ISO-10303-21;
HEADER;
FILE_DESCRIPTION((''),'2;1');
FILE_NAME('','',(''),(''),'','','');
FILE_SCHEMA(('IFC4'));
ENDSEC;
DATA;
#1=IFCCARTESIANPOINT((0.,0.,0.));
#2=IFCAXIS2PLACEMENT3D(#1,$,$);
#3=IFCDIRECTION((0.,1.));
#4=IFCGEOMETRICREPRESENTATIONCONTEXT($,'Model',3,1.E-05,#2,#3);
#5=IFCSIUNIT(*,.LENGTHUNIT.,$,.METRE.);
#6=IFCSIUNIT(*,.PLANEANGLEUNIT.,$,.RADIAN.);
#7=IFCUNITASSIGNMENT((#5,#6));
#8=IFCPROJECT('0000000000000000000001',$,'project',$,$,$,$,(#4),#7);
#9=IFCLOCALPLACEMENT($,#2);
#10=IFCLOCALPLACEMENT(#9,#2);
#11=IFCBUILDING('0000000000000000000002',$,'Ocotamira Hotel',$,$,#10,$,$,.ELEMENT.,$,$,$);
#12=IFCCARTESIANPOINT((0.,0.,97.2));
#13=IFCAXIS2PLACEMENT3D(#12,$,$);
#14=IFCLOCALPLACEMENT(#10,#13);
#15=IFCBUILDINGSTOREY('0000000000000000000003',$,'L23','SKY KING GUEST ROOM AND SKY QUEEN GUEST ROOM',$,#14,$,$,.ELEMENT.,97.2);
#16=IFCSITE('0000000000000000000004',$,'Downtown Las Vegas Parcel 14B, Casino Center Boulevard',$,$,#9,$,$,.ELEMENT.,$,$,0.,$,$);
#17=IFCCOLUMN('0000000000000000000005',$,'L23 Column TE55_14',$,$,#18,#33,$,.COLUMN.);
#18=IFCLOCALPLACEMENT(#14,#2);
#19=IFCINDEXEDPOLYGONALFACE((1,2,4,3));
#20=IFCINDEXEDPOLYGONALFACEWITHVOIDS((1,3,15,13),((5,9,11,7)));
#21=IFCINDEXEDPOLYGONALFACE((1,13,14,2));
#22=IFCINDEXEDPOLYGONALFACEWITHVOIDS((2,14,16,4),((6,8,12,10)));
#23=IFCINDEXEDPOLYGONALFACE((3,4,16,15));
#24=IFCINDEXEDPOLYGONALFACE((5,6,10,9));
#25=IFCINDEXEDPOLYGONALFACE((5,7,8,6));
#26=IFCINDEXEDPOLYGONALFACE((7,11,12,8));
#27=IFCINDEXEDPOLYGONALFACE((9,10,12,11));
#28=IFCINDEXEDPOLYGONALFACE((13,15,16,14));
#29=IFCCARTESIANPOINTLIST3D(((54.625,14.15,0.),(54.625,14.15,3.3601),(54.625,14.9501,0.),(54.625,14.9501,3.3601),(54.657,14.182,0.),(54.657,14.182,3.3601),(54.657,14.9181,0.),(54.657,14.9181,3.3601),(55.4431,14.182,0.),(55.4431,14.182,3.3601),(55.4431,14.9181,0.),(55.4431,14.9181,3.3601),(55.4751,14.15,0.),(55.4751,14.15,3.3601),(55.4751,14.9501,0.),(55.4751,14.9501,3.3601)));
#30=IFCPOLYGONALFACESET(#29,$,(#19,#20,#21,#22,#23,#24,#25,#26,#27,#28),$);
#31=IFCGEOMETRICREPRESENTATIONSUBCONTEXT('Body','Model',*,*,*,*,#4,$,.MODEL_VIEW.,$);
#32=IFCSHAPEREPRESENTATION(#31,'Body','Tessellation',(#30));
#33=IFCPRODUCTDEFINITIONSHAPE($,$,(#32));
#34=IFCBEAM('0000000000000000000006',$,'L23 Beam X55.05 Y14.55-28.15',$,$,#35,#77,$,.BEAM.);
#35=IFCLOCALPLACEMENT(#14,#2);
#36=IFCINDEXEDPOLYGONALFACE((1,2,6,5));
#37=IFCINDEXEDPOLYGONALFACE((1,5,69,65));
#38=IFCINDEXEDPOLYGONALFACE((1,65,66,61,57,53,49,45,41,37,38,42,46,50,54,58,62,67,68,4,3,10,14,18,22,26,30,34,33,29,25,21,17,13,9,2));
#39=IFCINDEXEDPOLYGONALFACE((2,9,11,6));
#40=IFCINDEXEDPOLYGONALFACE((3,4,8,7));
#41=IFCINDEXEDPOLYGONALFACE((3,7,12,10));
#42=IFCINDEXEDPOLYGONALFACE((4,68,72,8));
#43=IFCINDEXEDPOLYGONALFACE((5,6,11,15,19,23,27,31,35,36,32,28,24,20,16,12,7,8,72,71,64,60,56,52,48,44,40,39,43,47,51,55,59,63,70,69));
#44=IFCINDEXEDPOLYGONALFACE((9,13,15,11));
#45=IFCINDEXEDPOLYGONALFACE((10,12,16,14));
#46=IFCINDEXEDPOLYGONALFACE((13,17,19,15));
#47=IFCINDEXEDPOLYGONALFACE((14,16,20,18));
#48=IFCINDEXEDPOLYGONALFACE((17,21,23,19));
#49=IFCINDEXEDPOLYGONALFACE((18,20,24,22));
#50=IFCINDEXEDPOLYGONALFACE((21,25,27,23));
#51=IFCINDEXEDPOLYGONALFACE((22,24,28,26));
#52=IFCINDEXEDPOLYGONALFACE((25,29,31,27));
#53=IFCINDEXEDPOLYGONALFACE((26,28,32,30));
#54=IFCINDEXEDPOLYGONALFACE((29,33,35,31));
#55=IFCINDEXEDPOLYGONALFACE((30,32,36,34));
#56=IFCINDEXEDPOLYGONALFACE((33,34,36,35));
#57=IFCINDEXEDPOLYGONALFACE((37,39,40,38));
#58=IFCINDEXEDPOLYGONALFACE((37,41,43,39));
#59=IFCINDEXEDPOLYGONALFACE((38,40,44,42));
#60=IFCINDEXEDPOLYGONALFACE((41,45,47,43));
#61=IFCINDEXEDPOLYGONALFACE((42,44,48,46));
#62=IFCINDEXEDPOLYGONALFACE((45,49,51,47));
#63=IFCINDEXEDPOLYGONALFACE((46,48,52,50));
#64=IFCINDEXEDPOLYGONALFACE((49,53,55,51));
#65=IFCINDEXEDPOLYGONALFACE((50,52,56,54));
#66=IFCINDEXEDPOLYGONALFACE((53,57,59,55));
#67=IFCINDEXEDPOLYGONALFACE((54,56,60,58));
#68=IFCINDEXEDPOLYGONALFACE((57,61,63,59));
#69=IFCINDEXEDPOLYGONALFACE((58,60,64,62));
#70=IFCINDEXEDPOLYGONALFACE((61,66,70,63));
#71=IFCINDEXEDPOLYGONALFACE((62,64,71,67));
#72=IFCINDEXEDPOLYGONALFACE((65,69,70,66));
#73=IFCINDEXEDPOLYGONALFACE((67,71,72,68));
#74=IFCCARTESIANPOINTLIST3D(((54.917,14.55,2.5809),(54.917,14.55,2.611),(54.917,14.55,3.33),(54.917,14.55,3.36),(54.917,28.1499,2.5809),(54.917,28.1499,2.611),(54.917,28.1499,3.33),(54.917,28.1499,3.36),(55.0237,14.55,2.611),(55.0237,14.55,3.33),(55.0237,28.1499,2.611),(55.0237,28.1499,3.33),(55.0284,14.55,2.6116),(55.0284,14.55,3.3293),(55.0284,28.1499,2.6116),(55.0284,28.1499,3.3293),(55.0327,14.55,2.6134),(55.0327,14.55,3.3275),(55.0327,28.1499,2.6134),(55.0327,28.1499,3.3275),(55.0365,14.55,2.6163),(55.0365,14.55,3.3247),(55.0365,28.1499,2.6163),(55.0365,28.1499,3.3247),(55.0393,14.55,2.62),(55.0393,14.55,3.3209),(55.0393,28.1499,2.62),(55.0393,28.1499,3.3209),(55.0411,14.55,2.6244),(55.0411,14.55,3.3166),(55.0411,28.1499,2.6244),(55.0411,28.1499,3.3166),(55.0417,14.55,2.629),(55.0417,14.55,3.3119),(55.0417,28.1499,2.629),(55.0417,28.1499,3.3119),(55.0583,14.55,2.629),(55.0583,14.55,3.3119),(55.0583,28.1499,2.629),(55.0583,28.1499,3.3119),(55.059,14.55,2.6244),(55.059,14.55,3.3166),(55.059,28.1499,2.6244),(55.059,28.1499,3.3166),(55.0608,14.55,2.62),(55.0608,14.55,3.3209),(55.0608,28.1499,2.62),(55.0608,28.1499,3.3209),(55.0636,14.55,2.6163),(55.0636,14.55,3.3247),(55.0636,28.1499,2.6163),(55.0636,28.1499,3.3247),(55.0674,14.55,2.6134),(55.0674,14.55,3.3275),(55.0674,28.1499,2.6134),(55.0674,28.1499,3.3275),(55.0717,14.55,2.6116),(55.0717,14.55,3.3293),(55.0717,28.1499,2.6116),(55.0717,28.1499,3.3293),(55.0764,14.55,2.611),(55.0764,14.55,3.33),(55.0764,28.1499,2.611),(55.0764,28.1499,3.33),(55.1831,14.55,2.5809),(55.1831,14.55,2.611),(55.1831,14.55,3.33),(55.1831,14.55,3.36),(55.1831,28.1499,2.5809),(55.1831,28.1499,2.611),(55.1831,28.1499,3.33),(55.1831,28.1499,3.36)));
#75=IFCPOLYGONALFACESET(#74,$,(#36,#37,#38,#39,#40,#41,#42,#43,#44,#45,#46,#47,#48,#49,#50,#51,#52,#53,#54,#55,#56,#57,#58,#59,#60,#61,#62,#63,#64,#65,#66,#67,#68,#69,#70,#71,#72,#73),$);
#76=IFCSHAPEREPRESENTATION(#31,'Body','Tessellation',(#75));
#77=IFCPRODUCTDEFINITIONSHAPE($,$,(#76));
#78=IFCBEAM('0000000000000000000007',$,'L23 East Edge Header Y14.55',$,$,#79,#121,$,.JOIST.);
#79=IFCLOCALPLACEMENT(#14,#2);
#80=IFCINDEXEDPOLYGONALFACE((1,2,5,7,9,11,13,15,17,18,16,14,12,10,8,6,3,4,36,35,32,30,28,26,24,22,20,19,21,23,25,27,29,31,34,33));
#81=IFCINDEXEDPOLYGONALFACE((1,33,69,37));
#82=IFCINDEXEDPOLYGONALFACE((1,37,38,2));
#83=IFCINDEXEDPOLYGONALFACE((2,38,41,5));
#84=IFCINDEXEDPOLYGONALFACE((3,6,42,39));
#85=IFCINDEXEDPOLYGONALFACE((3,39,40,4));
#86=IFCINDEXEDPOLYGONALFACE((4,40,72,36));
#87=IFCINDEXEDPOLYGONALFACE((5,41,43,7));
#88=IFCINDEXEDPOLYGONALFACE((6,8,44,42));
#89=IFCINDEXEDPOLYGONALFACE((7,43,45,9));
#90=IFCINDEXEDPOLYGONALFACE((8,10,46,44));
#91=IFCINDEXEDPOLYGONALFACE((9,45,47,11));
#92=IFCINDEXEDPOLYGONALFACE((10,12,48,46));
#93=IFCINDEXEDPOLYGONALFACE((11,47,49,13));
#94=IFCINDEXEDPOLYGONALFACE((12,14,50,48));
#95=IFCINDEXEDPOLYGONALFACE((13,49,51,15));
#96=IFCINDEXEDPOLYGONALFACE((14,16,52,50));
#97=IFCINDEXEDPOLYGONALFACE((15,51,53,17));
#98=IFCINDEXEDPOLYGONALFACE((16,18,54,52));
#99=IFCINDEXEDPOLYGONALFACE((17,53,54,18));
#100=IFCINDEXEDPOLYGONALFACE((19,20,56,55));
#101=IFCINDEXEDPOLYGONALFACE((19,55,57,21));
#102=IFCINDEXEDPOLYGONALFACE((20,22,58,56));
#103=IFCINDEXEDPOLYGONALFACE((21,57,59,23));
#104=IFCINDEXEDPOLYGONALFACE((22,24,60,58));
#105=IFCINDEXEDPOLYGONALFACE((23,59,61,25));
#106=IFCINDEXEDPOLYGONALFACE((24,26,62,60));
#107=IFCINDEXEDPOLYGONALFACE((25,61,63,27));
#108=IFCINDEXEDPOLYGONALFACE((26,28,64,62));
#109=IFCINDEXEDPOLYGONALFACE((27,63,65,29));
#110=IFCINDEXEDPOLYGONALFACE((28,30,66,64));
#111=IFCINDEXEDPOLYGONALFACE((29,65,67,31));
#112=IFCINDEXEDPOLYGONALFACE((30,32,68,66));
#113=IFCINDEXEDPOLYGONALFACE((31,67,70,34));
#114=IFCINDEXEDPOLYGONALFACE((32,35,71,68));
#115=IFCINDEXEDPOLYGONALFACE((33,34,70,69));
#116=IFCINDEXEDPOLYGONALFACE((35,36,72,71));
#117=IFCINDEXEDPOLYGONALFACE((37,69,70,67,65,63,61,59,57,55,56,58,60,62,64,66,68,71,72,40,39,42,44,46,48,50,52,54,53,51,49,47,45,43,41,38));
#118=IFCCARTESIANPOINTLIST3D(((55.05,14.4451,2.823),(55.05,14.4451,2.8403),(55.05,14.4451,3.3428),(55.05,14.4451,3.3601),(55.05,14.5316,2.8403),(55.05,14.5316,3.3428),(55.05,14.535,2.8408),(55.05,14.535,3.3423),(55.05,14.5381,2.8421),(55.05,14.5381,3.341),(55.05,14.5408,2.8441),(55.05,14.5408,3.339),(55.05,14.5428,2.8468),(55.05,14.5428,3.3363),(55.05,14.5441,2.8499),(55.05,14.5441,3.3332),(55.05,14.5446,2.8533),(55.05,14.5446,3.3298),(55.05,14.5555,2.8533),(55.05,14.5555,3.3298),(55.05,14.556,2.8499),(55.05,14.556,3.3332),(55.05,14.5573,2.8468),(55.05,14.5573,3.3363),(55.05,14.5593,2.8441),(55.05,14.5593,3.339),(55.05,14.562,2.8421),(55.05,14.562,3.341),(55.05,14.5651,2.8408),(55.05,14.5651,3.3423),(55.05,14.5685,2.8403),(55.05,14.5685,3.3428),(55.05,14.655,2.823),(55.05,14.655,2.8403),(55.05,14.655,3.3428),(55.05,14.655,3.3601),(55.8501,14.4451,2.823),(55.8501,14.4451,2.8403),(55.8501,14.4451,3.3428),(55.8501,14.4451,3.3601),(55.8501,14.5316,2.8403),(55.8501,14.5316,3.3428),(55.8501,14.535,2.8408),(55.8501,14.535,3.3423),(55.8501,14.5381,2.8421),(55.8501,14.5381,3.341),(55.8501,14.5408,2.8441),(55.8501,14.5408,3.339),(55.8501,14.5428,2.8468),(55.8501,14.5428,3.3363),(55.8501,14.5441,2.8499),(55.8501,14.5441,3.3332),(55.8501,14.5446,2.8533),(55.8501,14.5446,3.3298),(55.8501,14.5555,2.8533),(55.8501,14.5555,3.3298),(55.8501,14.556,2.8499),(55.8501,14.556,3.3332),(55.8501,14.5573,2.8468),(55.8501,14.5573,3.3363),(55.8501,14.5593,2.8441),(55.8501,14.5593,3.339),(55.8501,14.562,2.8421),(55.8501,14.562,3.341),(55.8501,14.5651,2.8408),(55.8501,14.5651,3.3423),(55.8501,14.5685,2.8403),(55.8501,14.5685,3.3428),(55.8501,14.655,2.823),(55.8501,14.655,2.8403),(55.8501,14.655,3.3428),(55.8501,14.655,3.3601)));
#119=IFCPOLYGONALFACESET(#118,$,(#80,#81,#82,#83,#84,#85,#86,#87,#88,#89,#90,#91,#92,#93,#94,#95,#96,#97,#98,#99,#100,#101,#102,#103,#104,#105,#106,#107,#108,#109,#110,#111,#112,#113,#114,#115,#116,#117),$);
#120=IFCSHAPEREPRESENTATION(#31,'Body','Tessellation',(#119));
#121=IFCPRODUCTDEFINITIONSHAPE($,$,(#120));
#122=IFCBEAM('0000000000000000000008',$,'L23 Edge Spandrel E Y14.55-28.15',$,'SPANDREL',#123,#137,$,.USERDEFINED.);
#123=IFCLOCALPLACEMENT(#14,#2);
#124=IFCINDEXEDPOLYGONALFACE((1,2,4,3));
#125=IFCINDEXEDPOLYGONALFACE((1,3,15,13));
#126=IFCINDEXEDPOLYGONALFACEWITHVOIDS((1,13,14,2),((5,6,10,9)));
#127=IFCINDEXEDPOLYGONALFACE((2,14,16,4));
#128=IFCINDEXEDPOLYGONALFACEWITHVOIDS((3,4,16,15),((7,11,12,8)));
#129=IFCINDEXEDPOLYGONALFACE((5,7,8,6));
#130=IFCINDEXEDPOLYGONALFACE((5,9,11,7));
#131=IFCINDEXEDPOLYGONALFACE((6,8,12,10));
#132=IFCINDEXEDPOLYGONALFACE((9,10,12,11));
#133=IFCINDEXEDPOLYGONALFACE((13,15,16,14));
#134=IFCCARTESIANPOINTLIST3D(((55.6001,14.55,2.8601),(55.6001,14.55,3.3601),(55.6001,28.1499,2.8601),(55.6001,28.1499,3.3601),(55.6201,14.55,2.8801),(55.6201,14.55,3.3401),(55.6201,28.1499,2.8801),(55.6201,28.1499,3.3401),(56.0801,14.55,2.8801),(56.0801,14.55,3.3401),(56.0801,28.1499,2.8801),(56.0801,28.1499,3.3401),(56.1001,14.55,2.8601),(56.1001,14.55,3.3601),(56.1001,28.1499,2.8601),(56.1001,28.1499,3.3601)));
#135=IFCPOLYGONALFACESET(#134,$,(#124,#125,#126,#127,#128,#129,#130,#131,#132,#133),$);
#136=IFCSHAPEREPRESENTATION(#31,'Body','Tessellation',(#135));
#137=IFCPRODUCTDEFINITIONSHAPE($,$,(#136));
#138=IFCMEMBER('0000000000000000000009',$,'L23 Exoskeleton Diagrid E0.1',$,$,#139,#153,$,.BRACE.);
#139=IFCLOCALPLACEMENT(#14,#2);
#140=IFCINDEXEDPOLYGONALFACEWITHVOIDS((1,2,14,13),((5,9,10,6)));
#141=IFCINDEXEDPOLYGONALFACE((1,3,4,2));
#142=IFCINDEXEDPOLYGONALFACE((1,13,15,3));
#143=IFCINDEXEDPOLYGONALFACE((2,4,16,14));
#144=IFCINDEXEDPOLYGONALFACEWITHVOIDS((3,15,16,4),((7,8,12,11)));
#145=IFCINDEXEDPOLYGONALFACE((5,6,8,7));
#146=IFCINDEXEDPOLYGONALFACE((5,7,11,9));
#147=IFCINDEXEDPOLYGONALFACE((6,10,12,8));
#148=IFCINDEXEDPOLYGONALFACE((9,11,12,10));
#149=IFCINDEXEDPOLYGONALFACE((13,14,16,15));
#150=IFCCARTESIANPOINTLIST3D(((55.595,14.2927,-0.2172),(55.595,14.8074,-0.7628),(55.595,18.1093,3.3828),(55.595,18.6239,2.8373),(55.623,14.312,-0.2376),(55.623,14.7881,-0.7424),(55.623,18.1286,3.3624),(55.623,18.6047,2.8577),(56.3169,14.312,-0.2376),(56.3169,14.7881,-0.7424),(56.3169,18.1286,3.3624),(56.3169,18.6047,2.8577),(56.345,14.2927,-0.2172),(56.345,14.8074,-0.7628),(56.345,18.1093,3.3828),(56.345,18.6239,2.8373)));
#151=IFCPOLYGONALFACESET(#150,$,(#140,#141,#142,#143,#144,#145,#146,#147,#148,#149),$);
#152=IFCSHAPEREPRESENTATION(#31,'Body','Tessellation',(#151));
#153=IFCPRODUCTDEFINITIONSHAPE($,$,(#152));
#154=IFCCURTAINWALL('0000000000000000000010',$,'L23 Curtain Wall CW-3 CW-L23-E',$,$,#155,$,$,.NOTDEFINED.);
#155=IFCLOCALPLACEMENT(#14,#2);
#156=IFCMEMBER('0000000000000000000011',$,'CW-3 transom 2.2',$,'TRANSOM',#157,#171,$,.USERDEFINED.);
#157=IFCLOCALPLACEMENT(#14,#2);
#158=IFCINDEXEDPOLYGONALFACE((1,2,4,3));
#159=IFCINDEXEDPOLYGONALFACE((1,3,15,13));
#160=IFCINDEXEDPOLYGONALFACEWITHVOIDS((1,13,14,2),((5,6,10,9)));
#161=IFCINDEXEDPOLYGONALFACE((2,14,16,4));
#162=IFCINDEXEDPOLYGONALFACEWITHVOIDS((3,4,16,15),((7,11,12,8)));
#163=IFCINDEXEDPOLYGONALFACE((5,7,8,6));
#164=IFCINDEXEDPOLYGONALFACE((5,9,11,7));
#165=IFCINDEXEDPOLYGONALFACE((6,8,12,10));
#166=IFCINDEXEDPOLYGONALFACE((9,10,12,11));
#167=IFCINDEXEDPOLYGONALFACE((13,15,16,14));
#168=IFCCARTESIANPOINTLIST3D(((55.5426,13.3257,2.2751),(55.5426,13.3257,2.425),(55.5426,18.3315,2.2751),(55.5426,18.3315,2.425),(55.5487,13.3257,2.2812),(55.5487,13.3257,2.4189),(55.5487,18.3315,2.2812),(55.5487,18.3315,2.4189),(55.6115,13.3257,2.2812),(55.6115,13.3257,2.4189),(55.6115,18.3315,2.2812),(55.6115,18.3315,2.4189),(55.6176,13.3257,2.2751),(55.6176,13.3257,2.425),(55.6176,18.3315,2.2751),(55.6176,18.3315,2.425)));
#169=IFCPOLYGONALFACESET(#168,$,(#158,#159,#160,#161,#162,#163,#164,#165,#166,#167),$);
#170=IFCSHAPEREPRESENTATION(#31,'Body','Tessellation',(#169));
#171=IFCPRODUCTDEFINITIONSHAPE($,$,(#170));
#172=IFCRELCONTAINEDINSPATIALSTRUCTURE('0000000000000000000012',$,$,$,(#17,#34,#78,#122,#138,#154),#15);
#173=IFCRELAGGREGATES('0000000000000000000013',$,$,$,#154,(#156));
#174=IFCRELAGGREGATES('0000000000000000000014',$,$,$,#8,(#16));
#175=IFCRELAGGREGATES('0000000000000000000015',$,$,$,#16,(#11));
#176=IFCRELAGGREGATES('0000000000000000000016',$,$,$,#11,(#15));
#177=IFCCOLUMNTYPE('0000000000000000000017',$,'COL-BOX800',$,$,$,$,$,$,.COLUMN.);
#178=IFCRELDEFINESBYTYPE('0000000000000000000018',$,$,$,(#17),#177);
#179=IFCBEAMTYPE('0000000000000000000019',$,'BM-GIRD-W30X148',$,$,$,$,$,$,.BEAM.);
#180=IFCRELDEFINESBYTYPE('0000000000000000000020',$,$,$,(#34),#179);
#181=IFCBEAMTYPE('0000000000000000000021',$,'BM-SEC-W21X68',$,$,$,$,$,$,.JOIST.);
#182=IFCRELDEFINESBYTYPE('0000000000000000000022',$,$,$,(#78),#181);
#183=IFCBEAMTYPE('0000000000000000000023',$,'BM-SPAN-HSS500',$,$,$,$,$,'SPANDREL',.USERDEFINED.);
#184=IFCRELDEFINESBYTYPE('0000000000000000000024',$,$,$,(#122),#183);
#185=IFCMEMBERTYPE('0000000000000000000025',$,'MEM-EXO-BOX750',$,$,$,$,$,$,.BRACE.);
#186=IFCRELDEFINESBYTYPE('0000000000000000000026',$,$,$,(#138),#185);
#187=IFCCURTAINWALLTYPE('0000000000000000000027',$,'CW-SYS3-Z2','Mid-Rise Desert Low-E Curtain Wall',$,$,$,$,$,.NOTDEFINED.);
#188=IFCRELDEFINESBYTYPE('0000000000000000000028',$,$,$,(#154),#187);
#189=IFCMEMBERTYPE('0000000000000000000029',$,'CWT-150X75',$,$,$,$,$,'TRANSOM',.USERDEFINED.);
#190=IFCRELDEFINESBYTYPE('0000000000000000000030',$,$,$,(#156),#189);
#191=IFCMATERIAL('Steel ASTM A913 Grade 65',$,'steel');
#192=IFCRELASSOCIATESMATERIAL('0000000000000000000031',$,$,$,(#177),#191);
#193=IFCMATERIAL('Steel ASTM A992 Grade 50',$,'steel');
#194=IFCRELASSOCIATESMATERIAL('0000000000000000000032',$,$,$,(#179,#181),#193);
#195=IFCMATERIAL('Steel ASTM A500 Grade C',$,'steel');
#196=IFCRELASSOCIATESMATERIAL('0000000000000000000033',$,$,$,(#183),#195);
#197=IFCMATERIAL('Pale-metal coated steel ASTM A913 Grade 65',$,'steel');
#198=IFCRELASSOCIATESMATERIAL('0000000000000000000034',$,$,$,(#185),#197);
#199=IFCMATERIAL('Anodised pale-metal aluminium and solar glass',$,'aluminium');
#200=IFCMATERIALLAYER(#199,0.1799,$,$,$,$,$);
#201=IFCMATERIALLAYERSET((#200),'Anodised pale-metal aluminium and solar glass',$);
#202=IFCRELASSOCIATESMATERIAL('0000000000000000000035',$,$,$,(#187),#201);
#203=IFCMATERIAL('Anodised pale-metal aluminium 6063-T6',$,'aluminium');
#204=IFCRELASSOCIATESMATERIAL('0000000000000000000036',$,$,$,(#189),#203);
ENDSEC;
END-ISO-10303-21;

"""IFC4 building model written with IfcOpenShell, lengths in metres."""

from ifc_helpers import new_model, si_unit, direction, frame, origin, origin_2d, place, context, subcontext, project, spatial, hollow_rectangle, i_section, extrude, source, transform, mapped, material, layer, layer_set, material_profile, profile_set, type_object, element, aggregate, save


model = new_model("IFC4")

# Units and contexts
model_context = context("Model", 3, precision=1e-05, world=origin(), true_north=direction((0.0, 1.0)))
body_context = subcontext(model_context, "Body", "Model", "MODEL_VIEW")
ifc_project = project(units=[si_unit("LENGTHUNIT", "METRE"), si_unit("PLANEANGLEUNIT", "RADIAN")], contexts=[model_context])

# Site, building, storey
site_placement = place(None, origin())
site = spatial("IfcSite", under=ifc_project, at=site_placement, Name="Downtown Las Vegas Parcel 14B, Casino Center Boulevard", CompositionType="ELEMENT", RefElevation=0.0)
building_placement = place(site_placement, origin())
building = spatial("IfcBuilding", under=site, at=building_placement, Name="Ocotamira Hotel", CompositionType="ELEMENT")
storey_placement = place(building_placement, frame((0.0, 0.0, 97.2)))
storey = spatial("IfcBuildingStorey", under=building, at=storey_placement, Name="L23", Description="SKY KING GUEST ROOM AND SKY QUEEN GUEST ROOM", CompositionType="ELEMENT", Elevation=97.2)

# Column
ifc_material_1 = material(Name="Steel ASTM A913 Grade 65", Category="steel")
ifc_material_profile_1 = material_profile(ifc_material_1, hollow_rectangle(XDim=0.8501, YDim=0.8, WallThickness=0.032, at=origin_2d()), Name="BOX800X850X32")
ifc_profile_set_1 = profile_set([ifc_material_profile_1], Name="Steel ASTM A913 Grade 65")
column_type = type_object("IfcColumnType", Name="COL-BOX800", PredefinedType="COLUMN", material=ifc_profile_set_1)
shared_shape_1 = source(origin(), body_context, "Body", "SweptSolid", [
    extrude(hollow_rectangle(XDim=0.8501, YDim=0.8, WallThickness=0.032, at=origin_2d()), origin(), (0.0, 0.0, 1.0), 3.3601),
])
column_placement = place(storey_placement, frame((55.05, 14.55, 0.0), z_axis=(0.0, 0.0, 1.0), x_axis=(1.0, 0.0, 0.0)))
element("IfcColumn", 1, at=column_placement, inside=storey, type_object=column_type, Name="L23 Column TE55_14", PredefinedType="COLUMN", context=body_context, shape_type="MappedRepresentation", body=[
    mapped(shared_shape_1, transform((0.0, 0.0, 0.0), scale=1.0)),
])

# Beams
ifc_material_2 = material(Name="Steel ASTM A992 Grade 50", Category="steel")
ifc_material_profile_2 = material_profile(ifc_material_2, i_section(OverallWidth=0.2661, OverallDepth=0.7791, WebThickness=0.0166, FlangeThickness=0.03, FilletRadius=0.0181, at=origin_2d()), Name="W30X148")
ifc_profile_set_2 = profile_set([ifc_material_profile_2], Name="Steel ASTM A992 Grade 50")
beam_type_1 = type_object("IfcBeamType", Name="BM-GIRD-W30X148", PredefinedType="BEAM", material=ifc_profile_set_2)
shared_shape_2 = source(origin(), body_context, "Body", "SweptSolid", [
    extrude(i_section(OverallWidth=0.2661, OverallDepth=0.7791, WebThickness=0.0166, FlangeThickness=0.03, FilletRadius=0.0181, at=origin_2d()), origin(), (0.0, 0.0, 1.0), 13.5999),
])
beam_1_placement = place(storey_placement, frame((55.05, 14.55, 2.9705), z_axis=(0.0, 1.0, 0.0), x_axis=(-1.0, 0.0, 0.0)))
element("IfcBeam", 2, at=beam_1_placement, inside=storey, type_object=beam_type_1, Name="L23 Beam X55.05 Y14.55-28.15", PredefinedType="BEAM", context=body_context, shape_type="MappedRepresentation", body=[
    mapped(shared_shape_2, transform((0.0, 0.0, 0.0), scale=1.0)),
])
ifc_material_profile_3 = material_profile(ifc_material_2, i_section(OverallWidth=0.21, OverallDepth=0.5371, WebThickness=0.011, FlangeThickness=0.0173, FilletRadius=0.0129, at=origin_2d()), Name="W21X68")
ifc_profile_set_3 = profile_set([ifc_material_profile_3], Name="Steel ASTM A992 Grade 50")
beam_type_2 = type_object("IfcBeamType", Name="BM-SEC-W21X68", PredefinedType="JOIST", material=ifc_profile_set_3)
shared_shape_3 = source(origin(), body_context, "Body", "SweptSolid", [
    extrude(i_section(OverallWidth=0.21, OverallDepth=0.5371, WebThickness=0.011, FlangeThickness=0.0173, FilletRadius=0.0129, at=origin_2d()), origin(), (0.0, 0.0, 1.0), 0.8),
])
beam_2_placement = place(storey_placement, frame((55.05, 14.55, 3.0916), z_axis=(1.0, 0.0, 0.0), x_axis=(0.0, 1.0, 0.0)))
element("IfcBeam", 3, at=beam_2_placement, inside=storey, type_object=beam_type_2, Name="L23 East Edge Header Y14.55", PredefinedType="JOIST", context=body_context, shape_type="MappedRepresentation", body=[
    mapped(shared_shape_3, transform((0.0, 0.0, 0.0), scale=1.0)),
])
ifc_material_3 = material(Name="Steel ASTM A500 Grade C", Category="steel")
ifc_material_profile_4 = material_profile(ifc_material_3, hollow_rectangle(XDim=0.5, YDim=0.5, WallThickness=0.02, at=origin_2d()), Name="HSS500X500X20")
ifc_profile_set_4 = profile_set([ifc_material_profile_4], Name="Steel ASTM A500 Grade C")
beam_type_3 = type_object("IfcBeamType", Name="BM-SPAN-HSS500", ElementType="SPANDREL", PredefinedType="USERDEFINED", material=ifc_profile_set_4)
shared_shape_4 = source(origin(), body_context, "Body", "SweptSolid", [
    extrude(hollow_rectangle(XDim=0.5, YDim=0.5, WallThickness=0.02, at=origin_2d()), origin(), (0.0, 0.0, 1.0), 13.5999),
])
beam_3_placement = place(storey_placement, frame((55.8501, 14.55, 3.1101), z_axis=(0.0, 1.0, 0.0), x_axis=(-1.0, 0.0, 0.0)))
element("IfcBeam", 4, at=beam_3_placement, inside=storey, type_object=beam_type_3, Name="L23 Edge Spandrel E Y14.55-28.15", ObjectType="SPANDREL", PredefinedType="USERDEFINED", context=body_context, shape_type="MappedRepresentation", body=[
    mapped(shared_shape_4, transform((0.0, 0.0, 0.0), scale=1.0)),
])

# Member
ifc_material_4 = material(Name="Pale-metal coated steel ASTM A913 Grade 65", Category="steel")
ifc_material_profile_5 = material_profile(ifc_material_4, hollow_rectangle(XDim=0.75, YDim=0.75, WallThickness=0.0281, at=origin_2d()), Name="BOX750X750X28")
ifc_profile_set_5 = profile_set([ifc_material_profile_5], Name="Pale-metal coated steel ASTM A913 Grade 65")
member_type_1 = type_object("IfcMemberType", Name="MEM-EXO-BOX750", PredefinedType="BRACE", material=ifc_profile_set_5)
shared_shape_5 = source(origin(), body_context, "Body", "SweptSolid", [
    extrude(hollow_rectangle(XDim=0.75, YDim=0.75, WallThickness=0.0281, at=origin_2d()), origin(), (0.0, 0.0, 1.0), 5.2466),
])
member_1_placement = place(storey_placement, frame((55.97, 14.55, -0.49), z_axis=(0.0, 0.727443, 0.686168), x_axis=(-1.0, 0.0, 0.0)))
element("IfcMember", 5, at=member_1_placement, inside=storey, type_object=member_type_1, Name="L23 Exoskeleton Diagrid E0.1", PredefinedType="BRACE", context=body_context, shape_type="MappedRepresentation", body=[
    mapped(shared_shape_5, transform((0.0, 0.0, 0.0), scale=1.0)),
])

# Curtain wall, member
ifc_material_5 = material(Name="Anodised pale-metal aluminium and solar glass", Category="aluminium")
ifc_layer_1 = layer(ifc_material_5, 0.1799)
ifc_layer_set_1 = layer_set([ifc_layer_1], Name="Anodised pale-metal aluminium and solar glass")
curtain_wall_type = type_object("IfcCurtainWallType", Name="CW-SYS3-Z2", Description="Mid-Rise Desert Low-E Curtain Wall", PredefinedType="NOTDEFINED", material=ifc_layer_set_1)
curtain_wall_placement = place(storey_placement, origin())
curtain_wall = element("IfcCurtainWall", 6, at=curtain_wall_placement, inside=storey, type_object=curtain_wall_type, Name="L23 Curtain Wall CW-3 CW-L23-E", PredefinedType="NOTDEFINED")
ifc_material_6 = material(Name="Anodised pale-metal aluminium 6063-T6", Category="aluminium")
ifc_material_profile_6 = material_profile(ifc_material_6, hollow_rectangle(XDim=0.075, YDim=0.1499, WallThickness=0.0061, at=origin_2d()), Name="HSS150X75X6")
ifc_profile_set_6 = profile_set([ifc_material_profile_6], Name="Anodised pale-metal aluminium 6063-T6")
member_type_2 = type_object("IfcMemberType", Name="CWT-150X75", ElementType="TRANSOM", PredefinedType="USERDEFINED", material=ifc_profile_set_6)
shared_shape_6 = source(origin(), body_context, "Body", "SweptSolid", [
    extrude(hollow_rectangle(XDim=0.075, YDim=0.1499, WallThickness=0.0061, at=origin_2d()), origin(), (0.0, 0.0, 1.0), 5.0059),
])
member_2_placement = place(storey_placement, frame((55.5801, 13.3257, 2.3501), z_axis=(0.0, 1.0, 0.0), x_axis=(-1.0, 0.0, 0.0)))
member_2 = element("IfcMember", 7, at=member_2_placement, type_object=member_type_2, Name="CW-3 transom 2.2", ObjectType="TRANSOM", PredefinedType="USERDEFINED", context=body_context, shape_type="MappedRepresentation", body=[
    mapped(shared_shape_6, transform((0.0, 0.0, 0.0), scale=1.0)),
])

aggregate(curtain_wall, [member_2])

save(model, "model.ifc")
